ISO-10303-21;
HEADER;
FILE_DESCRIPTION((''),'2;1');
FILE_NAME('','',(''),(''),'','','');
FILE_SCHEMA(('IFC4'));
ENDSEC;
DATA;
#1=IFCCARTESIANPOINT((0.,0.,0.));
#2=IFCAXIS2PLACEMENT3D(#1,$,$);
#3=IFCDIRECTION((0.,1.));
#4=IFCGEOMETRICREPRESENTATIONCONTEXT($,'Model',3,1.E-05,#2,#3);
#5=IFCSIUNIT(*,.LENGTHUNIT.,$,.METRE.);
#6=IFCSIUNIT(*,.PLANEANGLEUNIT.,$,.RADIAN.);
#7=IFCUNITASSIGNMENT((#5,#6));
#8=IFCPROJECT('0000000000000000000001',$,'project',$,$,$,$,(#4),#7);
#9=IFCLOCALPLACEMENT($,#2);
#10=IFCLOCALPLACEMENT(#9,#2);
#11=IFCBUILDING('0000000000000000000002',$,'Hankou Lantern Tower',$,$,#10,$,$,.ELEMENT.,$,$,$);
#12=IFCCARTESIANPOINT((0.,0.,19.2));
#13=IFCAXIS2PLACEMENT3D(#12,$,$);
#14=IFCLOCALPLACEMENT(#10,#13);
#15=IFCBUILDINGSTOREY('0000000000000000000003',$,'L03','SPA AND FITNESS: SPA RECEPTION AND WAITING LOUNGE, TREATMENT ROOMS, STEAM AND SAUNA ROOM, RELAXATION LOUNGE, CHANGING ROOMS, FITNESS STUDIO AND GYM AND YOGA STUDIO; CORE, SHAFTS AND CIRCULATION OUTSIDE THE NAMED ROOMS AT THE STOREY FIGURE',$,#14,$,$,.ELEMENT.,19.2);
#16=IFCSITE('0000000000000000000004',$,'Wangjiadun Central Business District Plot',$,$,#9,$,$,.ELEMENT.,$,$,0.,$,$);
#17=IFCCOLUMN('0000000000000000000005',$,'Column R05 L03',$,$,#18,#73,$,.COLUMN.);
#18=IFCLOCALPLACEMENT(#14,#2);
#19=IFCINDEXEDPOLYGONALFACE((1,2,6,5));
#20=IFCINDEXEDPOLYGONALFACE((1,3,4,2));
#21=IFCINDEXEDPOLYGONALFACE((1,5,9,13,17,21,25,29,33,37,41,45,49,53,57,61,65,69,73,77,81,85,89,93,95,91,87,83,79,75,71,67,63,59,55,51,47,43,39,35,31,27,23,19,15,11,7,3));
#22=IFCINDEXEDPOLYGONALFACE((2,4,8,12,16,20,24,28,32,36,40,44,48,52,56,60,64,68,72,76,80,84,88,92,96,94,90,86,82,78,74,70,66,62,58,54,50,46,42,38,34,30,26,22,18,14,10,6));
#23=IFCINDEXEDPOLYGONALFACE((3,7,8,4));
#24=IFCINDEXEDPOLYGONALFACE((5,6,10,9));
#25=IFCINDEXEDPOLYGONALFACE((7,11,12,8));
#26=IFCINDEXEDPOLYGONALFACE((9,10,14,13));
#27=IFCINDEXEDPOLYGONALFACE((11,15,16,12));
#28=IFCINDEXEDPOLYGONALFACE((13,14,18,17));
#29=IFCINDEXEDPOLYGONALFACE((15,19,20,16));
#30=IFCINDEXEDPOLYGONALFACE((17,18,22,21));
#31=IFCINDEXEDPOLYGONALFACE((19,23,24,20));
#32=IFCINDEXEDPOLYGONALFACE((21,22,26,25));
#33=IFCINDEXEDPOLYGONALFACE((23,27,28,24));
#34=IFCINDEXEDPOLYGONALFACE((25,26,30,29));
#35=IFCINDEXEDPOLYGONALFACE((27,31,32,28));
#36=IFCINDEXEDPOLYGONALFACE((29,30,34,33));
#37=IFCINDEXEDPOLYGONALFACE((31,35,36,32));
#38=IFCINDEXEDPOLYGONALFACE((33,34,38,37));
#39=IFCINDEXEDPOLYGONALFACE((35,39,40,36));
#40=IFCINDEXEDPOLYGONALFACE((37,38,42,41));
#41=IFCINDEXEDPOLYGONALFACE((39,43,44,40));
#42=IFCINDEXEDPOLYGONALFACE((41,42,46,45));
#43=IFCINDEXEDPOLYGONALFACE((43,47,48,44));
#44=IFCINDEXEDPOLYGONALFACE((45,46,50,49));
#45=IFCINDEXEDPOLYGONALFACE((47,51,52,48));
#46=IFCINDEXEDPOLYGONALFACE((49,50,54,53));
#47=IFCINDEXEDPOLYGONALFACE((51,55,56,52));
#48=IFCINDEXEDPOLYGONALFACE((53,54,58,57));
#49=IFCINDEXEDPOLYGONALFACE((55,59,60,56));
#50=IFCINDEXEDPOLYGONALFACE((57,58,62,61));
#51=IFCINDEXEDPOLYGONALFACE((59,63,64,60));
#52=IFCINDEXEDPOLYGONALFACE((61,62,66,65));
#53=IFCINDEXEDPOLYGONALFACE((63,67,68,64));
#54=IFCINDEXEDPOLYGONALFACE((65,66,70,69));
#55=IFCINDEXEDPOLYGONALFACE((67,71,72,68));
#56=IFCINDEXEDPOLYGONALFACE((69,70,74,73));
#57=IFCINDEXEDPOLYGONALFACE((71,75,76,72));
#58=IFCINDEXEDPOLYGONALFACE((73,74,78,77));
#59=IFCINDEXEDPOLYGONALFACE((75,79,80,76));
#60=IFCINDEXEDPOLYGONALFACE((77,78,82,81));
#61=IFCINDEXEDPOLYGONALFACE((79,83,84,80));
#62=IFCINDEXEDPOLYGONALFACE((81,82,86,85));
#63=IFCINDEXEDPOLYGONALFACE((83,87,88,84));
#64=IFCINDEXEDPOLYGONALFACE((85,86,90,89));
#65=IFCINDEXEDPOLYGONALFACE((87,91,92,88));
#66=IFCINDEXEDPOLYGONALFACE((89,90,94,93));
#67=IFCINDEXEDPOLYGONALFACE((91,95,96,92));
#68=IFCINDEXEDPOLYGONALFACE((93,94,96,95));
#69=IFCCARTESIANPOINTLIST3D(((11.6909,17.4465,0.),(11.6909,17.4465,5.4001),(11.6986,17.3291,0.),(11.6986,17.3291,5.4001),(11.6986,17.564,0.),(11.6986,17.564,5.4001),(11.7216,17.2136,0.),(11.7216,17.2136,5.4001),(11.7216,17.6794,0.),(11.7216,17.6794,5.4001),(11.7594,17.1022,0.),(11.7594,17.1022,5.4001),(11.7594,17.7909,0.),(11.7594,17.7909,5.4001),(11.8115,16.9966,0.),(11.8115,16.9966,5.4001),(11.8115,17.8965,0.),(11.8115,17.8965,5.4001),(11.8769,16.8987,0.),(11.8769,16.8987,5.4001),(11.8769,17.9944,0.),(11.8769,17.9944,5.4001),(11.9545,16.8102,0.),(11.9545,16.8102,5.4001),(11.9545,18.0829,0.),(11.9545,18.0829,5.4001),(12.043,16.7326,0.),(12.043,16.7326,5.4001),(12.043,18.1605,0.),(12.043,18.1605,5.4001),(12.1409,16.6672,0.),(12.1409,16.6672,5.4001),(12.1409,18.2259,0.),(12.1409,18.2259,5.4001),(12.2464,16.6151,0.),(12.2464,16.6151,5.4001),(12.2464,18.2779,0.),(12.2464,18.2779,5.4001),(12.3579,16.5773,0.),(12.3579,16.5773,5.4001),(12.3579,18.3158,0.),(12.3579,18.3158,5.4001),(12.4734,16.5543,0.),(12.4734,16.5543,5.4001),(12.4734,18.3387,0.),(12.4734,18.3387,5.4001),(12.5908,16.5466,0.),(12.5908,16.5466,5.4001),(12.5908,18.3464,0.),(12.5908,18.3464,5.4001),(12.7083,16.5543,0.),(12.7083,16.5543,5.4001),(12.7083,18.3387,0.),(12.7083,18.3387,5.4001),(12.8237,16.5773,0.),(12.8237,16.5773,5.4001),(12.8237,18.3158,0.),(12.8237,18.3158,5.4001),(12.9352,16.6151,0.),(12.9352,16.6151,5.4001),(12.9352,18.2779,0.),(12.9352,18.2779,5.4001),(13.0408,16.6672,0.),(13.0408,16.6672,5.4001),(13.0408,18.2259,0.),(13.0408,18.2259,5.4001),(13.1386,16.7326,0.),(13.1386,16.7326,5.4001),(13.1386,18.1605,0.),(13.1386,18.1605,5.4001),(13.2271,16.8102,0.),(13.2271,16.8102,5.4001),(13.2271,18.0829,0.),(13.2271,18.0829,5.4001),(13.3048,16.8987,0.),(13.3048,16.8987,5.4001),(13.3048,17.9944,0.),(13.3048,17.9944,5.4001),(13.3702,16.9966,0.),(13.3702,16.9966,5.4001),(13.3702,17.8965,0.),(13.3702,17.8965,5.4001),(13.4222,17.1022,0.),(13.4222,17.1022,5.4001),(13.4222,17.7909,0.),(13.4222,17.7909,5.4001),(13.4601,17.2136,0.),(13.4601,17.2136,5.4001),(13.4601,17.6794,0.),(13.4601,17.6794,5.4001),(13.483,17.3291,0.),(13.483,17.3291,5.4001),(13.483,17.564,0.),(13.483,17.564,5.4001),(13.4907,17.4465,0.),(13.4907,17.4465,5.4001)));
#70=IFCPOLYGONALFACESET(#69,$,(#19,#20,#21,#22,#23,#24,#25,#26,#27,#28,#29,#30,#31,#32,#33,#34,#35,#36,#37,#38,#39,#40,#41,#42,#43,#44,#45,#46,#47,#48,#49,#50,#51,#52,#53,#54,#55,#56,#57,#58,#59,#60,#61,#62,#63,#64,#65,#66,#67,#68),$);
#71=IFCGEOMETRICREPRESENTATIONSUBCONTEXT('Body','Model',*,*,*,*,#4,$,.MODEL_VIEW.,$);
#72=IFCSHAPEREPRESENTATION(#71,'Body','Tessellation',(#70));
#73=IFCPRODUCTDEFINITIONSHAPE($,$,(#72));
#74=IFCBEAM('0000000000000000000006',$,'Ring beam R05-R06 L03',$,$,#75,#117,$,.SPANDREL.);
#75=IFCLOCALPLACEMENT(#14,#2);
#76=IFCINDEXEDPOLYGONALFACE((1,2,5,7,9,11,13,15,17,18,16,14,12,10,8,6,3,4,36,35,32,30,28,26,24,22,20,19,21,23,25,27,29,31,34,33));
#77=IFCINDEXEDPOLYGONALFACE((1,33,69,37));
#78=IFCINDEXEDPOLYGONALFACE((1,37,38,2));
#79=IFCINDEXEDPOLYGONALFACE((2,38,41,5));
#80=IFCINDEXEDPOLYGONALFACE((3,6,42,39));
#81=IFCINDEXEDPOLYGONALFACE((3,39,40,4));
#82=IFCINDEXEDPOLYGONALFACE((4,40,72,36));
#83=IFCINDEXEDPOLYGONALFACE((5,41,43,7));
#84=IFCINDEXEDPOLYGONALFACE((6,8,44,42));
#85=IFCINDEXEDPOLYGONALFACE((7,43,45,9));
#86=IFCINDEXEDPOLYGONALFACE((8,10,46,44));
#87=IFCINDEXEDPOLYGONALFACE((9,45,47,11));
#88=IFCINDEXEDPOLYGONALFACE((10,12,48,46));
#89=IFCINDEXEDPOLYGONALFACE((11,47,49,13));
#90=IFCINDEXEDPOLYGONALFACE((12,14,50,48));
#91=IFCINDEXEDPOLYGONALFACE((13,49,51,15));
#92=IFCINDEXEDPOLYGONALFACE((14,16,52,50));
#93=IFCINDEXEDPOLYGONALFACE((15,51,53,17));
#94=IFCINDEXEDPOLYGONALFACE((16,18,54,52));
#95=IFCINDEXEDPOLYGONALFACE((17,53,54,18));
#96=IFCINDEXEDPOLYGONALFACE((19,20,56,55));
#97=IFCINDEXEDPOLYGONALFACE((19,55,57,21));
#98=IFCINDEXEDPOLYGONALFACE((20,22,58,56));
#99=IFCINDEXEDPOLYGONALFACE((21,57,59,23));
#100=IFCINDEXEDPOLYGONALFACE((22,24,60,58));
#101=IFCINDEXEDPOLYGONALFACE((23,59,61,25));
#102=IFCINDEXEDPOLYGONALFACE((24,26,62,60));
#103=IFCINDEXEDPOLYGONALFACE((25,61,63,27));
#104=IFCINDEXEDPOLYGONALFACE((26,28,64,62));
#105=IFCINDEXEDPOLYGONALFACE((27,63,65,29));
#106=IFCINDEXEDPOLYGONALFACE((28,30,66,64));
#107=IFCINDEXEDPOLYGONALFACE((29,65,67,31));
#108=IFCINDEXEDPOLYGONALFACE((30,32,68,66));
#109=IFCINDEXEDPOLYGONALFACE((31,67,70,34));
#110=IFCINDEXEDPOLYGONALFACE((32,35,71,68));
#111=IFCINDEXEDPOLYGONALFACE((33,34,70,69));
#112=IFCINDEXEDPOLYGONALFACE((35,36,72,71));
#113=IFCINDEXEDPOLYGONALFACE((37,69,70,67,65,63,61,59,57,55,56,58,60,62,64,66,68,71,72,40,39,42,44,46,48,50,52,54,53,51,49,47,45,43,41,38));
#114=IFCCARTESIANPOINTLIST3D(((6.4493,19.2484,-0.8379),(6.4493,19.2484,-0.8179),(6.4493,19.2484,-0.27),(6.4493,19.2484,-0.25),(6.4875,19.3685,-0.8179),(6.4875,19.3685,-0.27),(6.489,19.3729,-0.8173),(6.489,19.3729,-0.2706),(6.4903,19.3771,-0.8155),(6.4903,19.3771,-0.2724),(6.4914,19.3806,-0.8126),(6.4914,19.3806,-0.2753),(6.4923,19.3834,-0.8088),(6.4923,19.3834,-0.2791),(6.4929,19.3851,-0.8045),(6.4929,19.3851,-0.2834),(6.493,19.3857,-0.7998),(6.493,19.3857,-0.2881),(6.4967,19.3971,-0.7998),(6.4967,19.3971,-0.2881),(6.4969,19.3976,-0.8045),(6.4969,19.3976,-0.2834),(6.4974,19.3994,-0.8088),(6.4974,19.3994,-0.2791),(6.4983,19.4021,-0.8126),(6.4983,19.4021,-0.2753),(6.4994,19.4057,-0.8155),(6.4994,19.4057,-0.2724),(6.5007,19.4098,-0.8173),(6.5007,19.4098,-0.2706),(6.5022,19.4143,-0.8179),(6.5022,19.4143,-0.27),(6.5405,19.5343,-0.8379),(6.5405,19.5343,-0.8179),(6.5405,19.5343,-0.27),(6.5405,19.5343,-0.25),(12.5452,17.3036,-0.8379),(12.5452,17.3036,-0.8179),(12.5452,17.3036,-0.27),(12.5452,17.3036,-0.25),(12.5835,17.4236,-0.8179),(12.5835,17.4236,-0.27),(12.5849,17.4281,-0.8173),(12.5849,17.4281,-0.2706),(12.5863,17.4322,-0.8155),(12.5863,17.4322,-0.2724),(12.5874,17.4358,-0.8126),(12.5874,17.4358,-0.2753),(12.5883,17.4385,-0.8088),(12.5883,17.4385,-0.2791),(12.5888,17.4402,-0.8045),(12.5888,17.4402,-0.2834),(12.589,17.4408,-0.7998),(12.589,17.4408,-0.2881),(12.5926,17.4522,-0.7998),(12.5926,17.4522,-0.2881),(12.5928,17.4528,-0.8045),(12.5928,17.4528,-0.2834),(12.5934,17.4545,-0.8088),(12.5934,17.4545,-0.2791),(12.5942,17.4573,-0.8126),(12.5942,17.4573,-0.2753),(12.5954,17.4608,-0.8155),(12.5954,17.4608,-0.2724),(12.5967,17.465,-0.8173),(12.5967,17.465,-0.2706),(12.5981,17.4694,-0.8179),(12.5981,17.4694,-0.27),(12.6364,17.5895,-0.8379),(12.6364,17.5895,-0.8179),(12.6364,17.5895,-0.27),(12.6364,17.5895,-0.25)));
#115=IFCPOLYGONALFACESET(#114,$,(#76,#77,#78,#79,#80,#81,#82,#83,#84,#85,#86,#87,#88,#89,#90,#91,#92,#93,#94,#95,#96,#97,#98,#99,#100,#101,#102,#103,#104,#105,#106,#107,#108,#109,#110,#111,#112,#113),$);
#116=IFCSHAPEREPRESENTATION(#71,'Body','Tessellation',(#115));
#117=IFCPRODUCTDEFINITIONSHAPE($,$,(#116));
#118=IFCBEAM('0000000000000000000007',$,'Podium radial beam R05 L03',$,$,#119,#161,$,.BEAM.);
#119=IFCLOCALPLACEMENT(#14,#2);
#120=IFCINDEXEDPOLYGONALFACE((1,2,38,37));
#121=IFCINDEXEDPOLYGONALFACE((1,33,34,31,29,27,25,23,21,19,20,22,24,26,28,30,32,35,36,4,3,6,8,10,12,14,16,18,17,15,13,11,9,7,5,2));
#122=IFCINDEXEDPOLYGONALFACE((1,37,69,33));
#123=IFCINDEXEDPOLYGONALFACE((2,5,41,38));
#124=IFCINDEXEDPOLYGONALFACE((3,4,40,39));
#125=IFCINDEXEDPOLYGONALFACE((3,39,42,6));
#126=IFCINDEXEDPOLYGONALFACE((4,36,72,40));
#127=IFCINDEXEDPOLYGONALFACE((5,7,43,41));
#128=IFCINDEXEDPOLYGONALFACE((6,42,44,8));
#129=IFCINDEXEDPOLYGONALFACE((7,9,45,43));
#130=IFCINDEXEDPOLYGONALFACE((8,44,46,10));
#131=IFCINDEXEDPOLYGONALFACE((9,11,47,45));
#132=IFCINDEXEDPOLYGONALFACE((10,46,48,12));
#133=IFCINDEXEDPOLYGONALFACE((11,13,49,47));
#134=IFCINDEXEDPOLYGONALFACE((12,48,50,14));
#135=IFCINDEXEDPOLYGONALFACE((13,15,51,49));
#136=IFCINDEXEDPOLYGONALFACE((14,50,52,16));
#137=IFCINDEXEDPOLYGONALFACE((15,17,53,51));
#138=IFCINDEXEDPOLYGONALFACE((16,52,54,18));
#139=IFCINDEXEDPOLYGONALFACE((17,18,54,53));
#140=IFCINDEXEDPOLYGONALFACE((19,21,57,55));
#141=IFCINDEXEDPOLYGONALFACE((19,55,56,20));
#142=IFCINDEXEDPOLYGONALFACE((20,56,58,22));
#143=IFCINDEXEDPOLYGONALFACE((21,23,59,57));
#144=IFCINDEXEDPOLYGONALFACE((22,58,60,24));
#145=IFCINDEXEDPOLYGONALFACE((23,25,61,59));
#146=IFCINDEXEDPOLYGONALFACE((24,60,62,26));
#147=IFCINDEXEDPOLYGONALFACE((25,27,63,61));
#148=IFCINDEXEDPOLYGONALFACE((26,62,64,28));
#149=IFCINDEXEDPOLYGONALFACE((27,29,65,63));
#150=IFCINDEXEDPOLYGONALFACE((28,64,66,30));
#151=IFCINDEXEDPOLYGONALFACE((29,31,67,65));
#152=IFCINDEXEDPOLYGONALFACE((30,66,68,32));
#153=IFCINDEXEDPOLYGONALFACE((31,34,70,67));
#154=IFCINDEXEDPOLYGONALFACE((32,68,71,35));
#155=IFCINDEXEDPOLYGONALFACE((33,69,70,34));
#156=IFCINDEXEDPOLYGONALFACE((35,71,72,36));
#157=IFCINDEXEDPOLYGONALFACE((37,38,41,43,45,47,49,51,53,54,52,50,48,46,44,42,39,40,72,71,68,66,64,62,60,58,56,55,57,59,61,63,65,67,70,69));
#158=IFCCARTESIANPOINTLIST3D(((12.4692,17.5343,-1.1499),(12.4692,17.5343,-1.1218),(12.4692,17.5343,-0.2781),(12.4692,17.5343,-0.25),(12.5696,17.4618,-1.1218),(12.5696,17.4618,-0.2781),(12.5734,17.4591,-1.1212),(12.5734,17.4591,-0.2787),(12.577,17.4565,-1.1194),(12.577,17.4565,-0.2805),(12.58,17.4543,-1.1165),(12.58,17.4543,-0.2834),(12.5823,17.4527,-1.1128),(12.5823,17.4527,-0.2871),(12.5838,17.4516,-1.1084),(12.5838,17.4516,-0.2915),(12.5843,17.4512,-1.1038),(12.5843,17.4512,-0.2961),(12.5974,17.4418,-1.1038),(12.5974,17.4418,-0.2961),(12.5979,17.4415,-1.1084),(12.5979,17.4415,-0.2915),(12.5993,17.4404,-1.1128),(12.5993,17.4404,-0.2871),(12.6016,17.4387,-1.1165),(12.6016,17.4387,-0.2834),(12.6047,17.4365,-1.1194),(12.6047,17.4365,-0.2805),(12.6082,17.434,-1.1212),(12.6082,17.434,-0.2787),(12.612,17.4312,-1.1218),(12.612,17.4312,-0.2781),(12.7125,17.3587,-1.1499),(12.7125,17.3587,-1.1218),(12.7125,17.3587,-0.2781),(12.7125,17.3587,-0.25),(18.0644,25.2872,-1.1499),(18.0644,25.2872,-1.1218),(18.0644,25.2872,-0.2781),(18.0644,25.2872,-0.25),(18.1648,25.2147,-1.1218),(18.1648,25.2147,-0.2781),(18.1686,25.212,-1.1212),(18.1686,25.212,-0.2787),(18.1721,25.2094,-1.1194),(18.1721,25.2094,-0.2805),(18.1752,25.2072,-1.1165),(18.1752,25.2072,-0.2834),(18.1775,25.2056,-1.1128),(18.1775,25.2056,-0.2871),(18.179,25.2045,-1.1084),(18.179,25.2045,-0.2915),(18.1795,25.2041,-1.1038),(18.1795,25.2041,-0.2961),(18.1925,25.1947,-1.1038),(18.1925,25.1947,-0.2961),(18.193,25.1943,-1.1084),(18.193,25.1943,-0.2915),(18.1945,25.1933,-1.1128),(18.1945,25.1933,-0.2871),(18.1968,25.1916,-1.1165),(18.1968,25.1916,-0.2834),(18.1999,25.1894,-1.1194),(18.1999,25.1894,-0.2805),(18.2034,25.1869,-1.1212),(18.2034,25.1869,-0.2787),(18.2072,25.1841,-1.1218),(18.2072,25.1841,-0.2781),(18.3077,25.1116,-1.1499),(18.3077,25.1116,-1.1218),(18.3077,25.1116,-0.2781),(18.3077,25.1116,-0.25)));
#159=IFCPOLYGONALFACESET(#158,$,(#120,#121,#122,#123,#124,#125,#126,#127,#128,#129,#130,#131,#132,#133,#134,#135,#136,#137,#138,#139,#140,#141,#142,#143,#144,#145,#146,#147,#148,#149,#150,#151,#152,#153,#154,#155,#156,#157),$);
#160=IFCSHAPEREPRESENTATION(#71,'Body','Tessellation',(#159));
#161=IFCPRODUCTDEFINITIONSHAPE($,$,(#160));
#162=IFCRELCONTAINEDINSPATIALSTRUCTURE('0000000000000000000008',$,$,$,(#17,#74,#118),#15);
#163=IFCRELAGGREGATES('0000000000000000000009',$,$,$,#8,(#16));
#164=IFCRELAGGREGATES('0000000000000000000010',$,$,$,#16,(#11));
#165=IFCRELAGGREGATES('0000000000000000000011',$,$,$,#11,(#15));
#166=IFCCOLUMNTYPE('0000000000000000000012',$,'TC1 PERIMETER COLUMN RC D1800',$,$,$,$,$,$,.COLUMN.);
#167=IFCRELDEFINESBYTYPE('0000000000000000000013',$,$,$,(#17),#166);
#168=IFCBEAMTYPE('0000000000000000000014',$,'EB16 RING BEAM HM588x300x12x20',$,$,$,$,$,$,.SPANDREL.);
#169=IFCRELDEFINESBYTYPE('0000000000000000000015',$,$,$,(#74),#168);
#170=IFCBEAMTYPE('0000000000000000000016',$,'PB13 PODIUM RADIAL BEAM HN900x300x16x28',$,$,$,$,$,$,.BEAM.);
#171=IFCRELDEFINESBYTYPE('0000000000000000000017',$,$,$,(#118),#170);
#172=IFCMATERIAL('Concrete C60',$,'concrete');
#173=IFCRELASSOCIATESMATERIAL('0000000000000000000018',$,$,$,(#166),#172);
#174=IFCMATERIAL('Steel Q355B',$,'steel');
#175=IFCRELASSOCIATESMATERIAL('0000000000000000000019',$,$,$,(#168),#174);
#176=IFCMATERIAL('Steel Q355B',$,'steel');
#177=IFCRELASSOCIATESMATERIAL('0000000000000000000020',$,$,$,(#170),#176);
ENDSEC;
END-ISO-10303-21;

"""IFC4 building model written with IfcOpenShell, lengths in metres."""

from ifc_helpers import new_model, si_unit, direction, frame, origin, origin_2d, place, context, subcontext, project, spatial, circle, i_section, extrude, material, material_profile, profile_set, type_object, element, save


model = new_model("IFC4")

# Units and contexts
model_context = context("Model", 3, precision=1e-05, world=origin(), true_north=direction((0.0, 1.0)))
body_context = subcontext(model_context, "Body", "Model", "MODEL_VIEW")
ifc_project = project(units=[si_unit("LENGTHUNIT", "METRE"), si_unit("PLANEANGLEUNIT", "RADIAN")], contexts=[model_context])

# Site, building, storey
site_placement = place(None, origin())
site = spatial("IfcSite", under=ifc_project, at=site_placement, Name="Wangjiadun Central Business District Plot", CompositionType="ELEMENT", RefElevation=0.0)
building_placement = place(site_placement, origin())
building = spatial("IfcBuilding", under=site, at=building_placement, Name="Hankou Lantern Tower", CompositionType="ELEMENT")
storey_placement = place(building_placement, frame((0.0, 0.0, 19.2)))
storey = spatial("IfcBuildingStorey", under=building, at=storey_placement, Name="L03", Description="SPA AND FITNESS: SPA RECEPTION AND WAITING LOUNGE, TREATMENT ROOMS, STEAM AND SAUNA ROOM, RELAXATION LOUNGE, CHANGING ROOMS, FITNESS STUDIO AND GYM AND YOGA STUDIO; CORE, SHAFTS AND CIRCULATION OUTSIDE THE NAMED ROOMS AT THE STOREY FIGURE", CompositionType="ELEMENT", Elevation=19.2)

# Column
ifc_material_1 = material(Name="Concrete C60", Category="concrete")
ifc_material_profile_1 = material_profile(ifc_material_1, circle(Radius=0.8999, at=origin_2d()), Name="RC D1800")
ifc_profile_set_1 = profile_set([ifc_material_profile_1], Name="Concrete C60")
column_type = type_object("IfcColumnType", Name="TC1 PERIMETER COLUMN RC D1800", PredefinedType="COLUMN", material=ifc_profile_set_1)
column_placement = place(storey_placement, frame((12.5908, 17.4465, 0.0), z_axis=(0.0, 0.0, 1.0), x_axis=(1.0, 0.0, 0.0)))
element("IfcColumn", 1, at=column_placement, inside=storey, type_object=column_type, Name="Column R05 L03", PredefinedType="COLUMN", context=body_context, shape_type="SweptSolid", body=[
    extrude(circle(Radius=0.8999, at=origin_2d()), origin(), (0.0, 0.0, 1.0), 5.4001),
])

# Beams
ifc_material_2 = material(Name="Steel Q355B", Category="steel")
ifc_material_profile_2 = material_profile(ifc_material_2, i_section(OverallWidth=0.3, OverallDepth=0.5879, WebThickness=0.012, FlangeThickness=0.02, FilletRadius=0.0181, at=origin_2d()), Name="HM588x300x12x20")
ifc_profile_set_2 = profile_set([ifc_material_profile_2], Name="Steel Q355B")
beam_type_1 = type_object("IfcBeamType", Name="EB16 RING BEAM HM588x300x12x20", PredefinedType="SPANDREL", material=ifc_profile_set_2)
beam_1_placement = place(storey_placement, frame((12.5908, 17.4465, -0.5439), z_axis=(-0.95269, 0.303942, 0.0), x_axis=(-0.303942, -0.95269, 0.0)))
element("IfcBeam", 2, at=beam_1_placement, inside=storey, type_object=beam_type_1, Name="Ring beam R05-R06 L03", PredefinedType="SPANDREL", context=body_context, shape_type="SweptSolid", body=[
    extrude(i_section(OverallWidth=0.3, OverallDepth=0.5879, WebThickness=0.012, FlangeThickness=0.02, FilletRadius=0.0181, at=origin_2d()), origin(), (0.0, 0.0, 1.0), 6.3987),
])
ifc_material_3 = material(Name="Steel Q355B", Category="steel")
ifc_material_profile_3 = material_profile(ifc_material_3, i_section(OverallWidth=0.3, OverallDepth=0.8999, WebThickness=0.0161, FlangeThickness=0.0281, FilletRadius=0.0181, at=origin_2d()), Name="HN900x300x16x28")
ifc_profile_set_3 = profile_set([ifc_material_profile_3], Name="Steel Q355B")
beam_type_2 = type_object("IfcBeamType", Name="PB13 PODIUM RADIAL BEAM HN900x300x16x28", PredefinedType="BEAM", material=ifc_profile_set_3)
beam_2_placement = place(storey_placement, frame((12.5908, 17.4465, -0.7), z_axis=(0.585207, 0.810884, 0.0), x_axis=(-0.810884, 0.585207, 0.0)))
element("IfcBeam", 3, at=beam_2_placement, inside=storey, type_object=beam_type_2, Name="Podium radial beam R05 L03", PredefinedType="BEAM", context=body_context, shape_type="SweptSolid", body=[
    extrude(i_section(OverallWidth=0.3, OverallDepth=0.8999, WebThickness=0.0161, FlangeThickness=0.0281, FilletRadius=0.0181, at=origin_2d()), origin(), (0.0, 0.0, 1.0), 9.561),
])

save(model, "model.ifc")
